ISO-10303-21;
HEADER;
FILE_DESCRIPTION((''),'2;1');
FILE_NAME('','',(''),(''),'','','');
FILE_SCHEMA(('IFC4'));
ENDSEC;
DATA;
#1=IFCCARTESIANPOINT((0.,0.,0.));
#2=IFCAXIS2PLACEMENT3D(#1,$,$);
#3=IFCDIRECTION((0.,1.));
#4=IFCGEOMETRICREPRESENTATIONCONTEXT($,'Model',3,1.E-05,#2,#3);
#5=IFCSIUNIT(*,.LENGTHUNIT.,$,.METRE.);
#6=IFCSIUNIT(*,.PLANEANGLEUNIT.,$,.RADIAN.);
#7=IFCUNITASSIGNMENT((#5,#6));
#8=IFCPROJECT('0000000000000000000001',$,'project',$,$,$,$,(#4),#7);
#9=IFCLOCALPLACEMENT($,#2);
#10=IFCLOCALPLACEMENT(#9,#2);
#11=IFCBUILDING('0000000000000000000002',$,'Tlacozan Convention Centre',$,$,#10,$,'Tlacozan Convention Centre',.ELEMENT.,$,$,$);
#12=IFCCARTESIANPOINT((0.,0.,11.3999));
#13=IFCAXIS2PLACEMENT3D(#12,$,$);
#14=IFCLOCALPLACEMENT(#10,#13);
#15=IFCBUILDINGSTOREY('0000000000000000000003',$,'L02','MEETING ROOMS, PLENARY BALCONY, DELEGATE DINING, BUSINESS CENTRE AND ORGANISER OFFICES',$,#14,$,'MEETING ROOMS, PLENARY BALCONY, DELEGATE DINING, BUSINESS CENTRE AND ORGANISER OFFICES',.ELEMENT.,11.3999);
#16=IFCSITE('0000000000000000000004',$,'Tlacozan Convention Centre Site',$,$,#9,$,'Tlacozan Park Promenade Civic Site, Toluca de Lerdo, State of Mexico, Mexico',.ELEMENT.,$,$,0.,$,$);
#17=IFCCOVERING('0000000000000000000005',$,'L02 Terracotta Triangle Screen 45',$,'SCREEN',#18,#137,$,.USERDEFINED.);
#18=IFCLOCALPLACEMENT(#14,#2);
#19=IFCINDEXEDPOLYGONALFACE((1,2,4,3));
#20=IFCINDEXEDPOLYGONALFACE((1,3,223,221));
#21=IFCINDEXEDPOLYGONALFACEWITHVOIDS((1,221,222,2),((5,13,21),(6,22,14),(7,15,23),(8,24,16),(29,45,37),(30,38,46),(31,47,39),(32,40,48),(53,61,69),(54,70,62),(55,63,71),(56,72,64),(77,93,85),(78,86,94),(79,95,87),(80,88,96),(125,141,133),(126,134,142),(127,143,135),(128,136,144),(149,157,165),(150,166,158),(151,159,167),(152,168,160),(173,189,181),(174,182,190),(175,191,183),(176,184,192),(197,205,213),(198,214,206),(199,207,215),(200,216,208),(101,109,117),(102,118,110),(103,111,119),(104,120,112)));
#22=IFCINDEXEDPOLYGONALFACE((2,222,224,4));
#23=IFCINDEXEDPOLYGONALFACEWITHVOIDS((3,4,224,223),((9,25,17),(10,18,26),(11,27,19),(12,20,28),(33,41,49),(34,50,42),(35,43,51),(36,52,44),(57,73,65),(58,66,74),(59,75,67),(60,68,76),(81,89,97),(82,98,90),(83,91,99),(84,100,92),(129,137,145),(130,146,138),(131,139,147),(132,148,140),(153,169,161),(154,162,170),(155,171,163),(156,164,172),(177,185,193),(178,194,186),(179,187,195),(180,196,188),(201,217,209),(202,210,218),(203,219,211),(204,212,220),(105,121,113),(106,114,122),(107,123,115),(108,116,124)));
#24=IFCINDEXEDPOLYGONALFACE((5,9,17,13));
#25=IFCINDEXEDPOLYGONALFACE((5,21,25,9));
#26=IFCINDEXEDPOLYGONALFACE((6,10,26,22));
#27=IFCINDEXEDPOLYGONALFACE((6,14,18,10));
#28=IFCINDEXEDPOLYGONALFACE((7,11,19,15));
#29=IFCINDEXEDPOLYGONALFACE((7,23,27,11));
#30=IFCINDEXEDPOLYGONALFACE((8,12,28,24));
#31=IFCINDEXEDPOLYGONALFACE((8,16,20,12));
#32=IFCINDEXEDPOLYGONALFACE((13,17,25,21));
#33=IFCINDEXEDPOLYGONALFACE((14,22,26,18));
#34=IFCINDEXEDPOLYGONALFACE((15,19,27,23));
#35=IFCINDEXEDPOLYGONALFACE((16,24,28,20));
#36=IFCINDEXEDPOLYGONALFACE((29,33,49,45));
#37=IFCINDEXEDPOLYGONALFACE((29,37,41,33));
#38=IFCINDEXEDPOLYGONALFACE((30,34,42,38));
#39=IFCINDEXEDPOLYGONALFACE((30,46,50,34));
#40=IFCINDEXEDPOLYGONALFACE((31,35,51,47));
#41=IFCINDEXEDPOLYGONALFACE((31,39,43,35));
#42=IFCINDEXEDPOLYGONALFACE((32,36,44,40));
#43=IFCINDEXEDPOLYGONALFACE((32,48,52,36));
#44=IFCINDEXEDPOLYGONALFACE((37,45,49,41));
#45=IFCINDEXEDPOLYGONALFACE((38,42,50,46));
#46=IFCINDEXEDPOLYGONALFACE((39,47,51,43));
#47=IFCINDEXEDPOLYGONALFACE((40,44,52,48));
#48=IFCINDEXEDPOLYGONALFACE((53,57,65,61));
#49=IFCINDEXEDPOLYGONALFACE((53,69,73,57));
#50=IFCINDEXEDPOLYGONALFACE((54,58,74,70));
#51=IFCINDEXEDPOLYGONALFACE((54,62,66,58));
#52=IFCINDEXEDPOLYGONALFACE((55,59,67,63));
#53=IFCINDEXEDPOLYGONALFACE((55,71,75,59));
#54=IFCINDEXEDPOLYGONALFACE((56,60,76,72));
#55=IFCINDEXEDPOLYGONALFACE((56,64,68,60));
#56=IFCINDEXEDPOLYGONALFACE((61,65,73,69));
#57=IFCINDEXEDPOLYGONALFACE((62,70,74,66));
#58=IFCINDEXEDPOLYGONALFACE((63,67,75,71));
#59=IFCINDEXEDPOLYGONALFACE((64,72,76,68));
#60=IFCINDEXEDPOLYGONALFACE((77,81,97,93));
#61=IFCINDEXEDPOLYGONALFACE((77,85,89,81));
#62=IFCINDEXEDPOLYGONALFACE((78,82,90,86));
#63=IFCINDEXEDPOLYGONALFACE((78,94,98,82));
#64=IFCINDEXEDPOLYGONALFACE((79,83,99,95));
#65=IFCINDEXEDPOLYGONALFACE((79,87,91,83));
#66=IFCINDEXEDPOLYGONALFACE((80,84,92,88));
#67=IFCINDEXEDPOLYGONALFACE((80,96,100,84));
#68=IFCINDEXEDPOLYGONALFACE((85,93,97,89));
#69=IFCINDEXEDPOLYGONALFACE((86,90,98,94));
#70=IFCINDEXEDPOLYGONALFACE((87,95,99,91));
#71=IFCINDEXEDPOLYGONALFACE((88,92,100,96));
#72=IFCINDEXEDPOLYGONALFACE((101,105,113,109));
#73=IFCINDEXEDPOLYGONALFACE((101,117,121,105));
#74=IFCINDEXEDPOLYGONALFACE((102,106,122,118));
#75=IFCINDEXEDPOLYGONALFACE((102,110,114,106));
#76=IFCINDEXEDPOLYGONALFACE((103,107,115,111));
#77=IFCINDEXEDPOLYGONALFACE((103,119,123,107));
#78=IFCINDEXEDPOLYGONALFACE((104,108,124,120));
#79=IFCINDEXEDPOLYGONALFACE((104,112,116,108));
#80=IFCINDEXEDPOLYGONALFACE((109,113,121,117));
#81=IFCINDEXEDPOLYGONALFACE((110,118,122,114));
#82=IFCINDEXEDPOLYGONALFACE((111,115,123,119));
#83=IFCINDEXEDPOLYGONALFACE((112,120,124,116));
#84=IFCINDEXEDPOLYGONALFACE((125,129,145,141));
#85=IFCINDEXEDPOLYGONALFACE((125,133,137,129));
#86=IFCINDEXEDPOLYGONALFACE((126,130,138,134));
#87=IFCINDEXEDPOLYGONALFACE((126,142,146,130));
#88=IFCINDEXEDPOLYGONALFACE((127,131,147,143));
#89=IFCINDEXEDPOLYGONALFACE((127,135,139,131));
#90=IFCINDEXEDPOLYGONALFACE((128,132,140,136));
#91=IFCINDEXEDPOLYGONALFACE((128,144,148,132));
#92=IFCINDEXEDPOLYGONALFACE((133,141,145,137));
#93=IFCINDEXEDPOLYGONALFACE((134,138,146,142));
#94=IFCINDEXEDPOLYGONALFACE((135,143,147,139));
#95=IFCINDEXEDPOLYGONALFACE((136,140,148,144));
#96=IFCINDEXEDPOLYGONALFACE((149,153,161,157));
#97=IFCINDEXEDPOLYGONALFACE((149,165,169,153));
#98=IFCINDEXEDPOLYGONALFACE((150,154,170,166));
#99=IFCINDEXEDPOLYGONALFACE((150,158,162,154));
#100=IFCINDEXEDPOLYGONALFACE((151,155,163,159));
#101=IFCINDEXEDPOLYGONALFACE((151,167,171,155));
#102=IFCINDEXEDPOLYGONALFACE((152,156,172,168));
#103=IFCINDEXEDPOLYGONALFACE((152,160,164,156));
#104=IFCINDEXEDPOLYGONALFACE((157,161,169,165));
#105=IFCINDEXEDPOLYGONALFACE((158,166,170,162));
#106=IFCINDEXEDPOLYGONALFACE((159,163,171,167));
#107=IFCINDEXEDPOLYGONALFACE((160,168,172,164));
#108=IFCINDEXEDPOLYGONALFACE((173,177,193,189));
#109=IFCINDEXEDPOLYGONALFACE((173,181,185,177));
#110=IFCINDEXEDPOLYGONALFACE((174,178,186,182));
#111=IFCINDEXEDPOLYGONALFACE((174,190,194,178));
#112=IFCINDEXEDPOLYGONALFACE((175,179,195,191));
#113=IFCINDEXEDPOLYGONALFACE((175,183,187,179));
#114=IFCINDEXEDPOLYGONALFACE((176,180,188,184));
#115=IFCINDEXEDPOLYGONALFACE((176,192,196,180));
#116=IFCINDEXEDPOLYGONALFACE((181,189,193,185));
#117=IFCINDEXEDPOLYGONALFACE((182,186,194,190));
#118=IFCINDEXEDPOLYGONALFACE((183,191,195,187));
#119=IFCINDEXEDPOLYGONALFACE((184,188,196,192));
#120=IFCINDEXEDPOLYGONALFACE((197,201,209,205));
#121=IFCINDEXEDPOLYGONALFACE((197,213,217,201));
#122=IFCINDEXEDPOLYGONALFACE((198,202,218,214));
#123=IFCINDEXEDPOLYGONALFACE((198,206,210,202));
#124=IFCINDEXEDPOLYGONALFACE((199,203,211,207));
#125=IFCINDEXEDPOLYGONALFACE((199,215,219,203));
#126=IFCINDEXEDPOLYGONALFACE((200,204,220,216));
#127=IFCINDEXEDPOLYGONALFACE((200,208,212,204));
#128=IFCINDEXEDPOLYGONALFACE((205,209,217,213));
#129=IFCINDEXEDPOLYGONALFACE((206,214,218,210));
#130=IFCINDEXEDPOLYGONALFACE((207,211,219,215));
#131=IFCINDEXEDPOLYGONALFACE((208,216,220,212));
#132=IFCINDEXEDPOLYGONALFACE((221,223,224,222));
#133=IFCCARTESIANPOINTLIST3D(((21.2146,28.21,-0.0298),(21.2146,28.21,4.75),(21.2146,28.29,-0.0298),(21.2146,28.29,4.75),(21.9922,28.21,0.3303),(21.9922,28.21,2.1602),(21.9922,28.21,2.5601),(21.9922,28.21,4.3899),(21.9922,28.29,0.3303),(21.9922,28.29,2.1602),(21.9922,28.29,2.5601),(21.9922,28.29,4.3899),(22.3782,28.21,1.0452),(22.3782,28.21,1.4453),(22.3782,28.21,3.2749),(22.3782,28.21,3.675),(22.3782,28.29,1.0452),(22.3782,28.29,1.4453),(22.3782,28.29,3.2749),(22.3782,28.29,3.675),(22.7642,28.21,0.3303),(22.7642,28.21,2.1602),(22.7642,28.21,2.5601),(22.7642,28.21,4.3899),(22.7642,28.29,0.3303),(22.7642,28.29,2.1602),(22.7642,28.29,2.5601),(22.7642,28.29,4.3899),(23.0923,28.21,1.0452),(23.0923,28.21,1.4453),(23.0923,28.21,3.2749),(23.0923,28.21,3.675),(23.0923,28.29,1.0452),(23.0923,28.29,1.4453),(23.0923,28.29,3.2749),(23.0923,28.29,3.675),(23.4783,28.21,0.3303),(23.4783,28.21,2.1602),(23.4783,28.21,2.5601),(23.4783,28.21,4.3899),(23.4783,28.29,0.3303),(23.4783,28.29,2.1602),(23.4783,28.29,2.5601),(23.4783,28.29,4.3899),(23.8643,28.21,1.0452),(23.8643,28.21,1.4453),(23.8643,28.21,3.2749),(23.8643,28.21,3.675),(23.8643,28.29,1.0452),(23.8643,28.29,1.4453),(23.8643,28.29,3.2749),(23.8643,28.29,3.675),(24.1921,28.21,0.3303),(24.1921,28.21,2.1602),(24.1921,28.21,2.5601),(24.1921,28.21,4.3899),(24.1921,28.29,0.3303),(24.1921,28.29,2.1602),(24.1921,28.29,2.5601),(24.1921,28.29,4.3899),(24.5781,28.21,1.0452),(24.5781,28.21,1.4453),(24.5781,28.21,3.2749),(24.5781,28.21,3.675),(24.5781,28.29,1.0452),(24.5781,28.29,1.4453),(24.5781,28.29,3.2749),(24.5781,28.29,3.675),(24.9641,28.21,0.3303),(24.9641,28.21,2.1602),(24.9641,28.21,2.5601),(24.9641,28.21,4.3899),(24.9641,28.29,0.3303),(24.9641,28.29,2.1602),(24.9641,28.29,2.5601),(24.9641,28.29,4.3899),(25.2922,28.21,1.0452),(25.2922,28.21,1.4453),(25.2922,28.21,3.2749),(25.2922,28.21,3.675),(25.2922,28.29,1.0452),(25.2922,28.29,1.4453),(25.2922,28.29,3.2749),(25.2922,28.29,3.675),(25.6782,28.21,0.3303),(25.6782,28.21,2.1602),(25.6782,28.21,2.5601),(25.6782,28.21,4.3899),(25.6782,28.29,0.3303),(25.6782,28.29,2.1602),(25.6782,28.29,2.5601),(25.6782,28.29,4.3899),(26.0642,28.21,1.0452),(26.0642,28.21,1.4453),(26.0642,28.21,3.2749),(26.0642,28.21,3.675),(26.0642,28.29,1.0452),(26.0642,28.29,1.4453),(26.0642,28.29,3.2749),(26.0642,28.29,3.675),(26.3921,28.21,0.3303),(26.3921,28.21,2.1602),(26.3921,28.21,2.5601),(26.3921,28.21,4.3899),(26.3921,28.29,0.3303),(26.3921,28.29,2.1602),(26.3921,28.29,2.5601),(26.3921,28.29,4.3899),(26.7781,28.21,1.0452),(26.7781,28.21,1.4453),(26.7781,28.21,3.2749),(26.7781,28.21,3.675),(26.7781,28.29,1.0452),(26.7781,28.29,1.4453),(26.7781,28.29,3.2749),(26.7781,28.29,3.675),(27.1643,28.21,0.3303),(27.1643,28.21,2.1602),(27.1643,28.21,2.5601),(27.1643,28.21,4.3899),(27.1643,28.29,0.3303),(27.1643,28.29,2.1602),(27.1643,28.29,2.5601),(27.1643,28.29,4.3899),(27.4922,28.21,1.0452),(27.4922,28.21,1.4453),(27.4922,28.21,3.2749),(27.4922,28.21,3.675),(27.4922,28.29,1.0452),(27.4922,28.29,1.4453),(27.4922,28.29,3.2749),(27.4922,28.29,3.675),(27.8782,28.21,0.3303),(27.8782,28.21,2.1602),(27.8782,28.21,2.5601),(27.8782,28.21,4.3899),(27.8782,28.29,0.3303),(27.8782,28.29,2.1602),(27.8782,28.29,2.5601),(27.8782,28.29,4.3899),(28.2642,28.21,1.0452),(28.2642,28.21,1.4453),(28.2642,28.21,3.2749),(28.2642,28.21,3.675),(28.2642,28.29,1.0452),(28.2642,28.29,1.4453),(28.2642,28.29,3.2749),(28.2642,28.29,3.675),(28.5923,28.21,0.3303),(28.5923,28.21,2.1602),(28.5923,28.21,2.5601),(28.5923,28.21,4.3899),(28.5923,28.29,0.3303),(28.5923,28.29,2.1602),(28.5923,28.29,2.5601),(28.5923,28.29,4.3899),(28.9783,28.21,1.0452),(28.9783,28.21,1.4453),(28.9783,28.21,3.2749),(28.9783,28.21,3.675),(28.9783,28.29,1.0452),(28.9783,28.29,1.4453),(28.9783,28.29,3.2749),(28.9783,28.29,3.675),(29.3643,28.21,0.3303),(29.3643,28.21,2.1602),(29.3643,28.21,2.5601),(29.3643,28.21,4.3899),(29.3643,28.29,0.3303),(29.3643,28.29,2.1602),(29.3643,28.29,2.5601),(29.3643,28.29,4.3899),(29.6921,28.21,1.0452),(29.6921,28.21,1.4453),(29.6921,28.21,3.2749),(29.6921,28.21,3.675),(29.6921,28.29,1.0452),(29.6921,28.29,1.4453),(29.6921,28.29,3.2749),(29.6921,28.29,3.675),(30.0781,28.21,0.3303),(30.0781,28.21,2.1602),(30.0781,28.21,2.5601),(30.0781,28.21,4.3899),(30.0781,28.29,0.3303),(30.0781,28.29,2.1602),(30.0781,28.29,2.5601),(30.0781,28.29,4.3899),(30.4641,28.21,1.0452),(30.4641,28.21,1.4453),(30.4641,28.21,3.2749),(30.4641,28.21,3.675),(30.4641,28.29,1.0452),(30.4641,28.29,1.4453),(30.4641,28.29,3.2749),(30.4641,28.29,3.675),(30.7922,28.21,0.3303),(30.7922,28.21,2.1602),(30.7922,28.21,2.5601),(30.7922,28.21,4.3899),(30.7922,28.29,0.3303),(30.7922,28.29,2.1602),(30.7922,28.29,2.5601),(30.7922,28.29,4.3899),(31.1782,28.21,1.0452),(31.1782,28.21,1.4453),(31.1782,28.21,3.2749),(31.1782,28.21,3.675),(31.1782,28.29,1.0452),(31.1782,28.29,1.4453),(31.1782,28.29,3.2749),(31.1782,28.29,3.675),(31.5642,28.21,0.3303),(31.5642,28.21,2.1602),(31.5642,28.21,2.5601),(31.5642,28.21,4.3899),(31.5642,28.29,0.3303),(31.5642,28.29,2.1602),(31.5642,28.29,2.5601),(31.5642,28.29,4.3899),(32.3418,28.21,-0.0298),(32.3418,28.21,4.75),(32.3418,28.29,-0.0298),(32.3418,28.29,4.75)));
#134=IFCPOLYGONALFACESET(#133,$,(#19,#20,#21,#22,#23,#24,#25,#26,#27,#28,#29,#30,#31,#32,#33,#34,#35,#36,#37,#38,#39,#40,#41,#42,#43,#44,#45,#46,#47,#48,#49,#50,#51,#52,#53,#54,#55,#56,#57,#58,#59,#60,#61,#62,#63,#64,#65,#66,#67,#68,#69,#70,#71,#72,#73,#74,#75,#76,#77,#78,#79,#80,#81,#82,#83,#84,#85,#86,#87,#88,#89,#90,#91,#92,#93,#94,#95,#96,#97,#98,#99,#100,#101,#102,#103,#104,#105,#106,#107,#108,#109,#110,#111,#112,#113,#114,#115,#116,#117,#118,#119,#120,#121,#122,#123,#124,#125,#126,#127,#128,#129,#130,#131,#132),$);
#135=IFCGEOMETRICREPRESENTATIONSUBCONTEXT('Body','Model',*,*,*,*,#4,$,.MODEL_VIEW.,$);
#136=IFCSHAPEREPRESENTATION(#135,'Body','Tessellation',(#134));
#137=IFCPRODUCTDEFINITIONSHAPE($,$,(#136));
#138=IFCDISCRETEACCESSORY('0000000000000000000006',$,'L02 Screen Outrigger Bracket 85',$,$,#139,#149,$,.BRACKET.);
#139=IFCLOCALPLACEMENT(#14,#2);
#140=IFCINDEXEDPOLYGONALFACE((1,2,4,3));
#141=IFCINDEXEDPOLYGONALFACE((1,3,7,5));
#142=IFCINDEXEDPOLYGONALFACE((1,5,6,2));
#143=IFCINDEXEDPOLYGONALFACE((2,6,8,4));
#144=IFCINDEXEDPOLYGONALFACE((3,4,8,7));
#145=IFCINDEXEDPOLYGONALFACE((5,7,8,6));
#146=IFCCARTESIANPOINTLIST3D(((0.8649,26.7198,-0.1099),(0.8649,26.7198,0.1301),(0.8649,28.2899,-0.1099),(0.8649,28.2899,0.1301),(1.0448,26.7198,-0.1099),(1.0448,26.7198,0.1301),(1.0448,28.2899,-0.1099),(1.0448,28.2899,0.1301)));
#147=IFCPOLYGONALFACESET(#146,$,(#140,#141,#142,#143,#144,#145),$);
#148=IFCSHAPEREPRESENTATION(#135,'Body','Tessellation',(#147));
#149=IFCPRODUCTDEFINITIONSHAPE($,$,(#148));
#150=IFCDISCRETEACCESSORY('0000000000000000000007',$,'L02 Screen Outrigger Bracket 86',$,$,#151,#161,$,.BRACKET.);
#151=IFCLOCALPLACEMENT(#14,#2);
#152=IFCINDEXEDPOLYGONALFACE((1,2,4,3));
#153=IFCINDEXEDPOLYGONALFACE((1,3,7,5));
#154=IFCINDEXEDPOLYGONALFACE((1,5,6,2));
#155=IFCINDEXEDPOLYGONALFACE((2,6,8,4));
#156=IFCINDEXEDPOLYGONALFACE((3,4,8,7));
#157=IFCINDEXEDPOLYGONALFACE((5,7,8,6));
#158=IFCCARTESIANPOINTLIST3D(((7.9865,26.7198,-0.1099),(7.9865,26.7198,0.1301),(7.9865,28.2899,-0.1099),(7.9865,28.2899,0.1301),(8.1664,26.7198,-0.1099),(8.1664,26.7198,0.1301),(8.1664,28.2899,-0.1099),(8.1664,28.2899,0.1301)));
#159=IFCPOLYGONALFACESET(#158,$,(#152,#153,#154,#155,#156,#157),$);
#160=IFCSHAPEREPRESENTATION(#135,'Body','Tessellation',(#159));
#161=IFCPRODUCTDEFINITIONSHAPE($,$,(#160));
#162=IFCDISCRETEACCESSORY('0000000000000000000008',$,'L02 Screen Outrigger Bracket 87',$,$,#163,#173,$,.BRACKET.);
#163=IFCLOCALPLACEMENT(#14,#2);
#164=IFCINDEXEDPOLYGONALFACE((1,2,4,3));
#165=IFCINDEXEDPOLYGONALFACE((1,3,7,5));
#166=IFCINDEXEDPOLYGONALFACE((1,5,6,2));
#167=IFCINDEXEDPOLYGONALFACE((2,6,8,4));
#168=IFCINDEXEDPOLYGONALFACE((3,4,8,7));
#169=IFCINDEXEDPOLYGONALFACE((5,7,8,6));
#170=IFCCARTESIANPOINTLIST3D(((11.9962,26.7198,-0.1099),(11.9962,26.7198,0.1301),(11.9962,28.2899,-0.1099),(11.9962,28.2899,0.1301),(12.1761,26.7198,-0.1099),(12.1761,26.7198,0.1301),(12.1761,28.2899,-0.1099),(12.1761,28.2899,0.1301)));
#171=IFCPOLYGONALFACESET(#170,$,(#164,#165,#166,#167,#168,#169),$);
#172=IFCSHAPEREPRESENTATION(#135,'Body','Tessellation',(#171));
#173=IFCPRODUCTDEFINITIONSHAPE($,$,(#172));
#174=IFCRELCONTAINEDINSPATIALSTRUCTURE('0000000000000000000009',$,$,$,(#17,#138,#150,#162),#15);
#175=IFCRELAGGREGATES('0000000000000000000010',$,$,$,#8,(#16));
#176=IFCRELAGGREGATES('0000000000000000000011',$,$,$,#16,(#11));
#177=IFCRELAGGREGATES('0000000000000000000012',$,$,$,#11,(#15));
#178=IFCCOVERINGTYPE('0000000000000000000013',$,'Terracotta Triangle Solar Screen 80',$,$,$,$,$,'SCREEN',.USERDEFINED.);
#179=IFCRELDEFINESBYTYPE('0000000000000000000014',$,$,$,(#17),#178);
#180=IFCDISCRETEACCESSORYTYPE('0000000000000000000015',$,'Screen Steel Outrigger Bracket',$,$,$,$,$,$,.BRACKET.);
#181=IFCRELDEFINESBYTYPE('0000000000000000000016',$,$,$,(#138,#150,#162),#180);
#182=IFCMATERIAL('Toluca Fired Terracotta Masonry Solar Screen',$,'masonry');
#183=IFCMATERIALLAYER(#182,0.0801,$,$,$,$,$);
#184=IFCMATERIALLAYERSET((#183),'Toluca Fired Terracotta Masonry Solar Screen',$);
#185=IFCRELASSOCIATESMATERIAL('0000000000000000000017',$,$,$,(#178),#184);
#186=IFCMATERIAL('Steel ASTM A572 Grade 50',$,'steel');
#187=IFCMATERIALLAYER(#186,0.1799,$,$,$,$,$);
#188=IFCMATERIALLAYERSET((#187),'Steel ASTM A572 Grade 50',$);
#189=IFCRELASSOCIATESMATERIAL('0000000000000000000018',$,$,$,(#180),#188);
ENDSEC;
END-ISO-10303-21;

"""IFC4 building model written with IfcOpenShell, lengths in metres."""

from ifc_helpers import new_model, si_unit, direction, frame, origin, origin_2d, place, context, subcontext, project, spatial, polyline, rectangle, outline, extrude, material, layer, layer_set, type_object, element, save


model = new_model("IFC4")

# Units and contexts
model_context = context("Model", 3, precision=1e-05, world=origin(), true_north=direction((0.0, 1.0)))
body_context = subcontext(model_context, "Body", "Model", "MODEL_VIEW")
ifc_project = project(units=[si_unit("LENGTHUNIT", "METRE"), si_unit("PLANEANGLEUNIT", "RADIAN")], contexts=[model_context])

# Site, building, storey
site_placement = place(None, origin())
site = spatial("IfcSite", under=ifc_project, at=site_placement, Name="Tlacozan Convention Centre Site", LongName="Tlacozan Park Promenade Civic Site, Toluca de Lerdo, State of Mexico, Mexico", CompositionType="ELEMENT", RefElevation=0.0)
building_placement = place(site_placement, origin())
building = spatial("IfcBuilding", under=site, at=building_placement, Name="Tlacozan Convention Centre", LongName="Tlacozan Convention Centre", CompositionType="ELEMENT")
storey_placement = place(building_placement, frame((0.0, 0.0, 11.3999)))
storey = spatial("IfcBuildingStorey", under=building, at=storey_placement, Name="L02", Description="MEETING ROOMS, PLENARY BALCONY, DELEGATE DINING, BUSINESS CENTRE AND ORGANISER OFFICES", LongName="MEETING ROOMS, PLENARY BALCONY, DELEGATE DINING, BUSINESS CENTRE AND ORGANISER OFFICES", CompositionType="ELEMENT", Elevation=11.3999)

# Shared definitions
ifc_material_1 = material(Name="Steel ASTM A572 Grade 50", Category="steel")

# Covering
ifc_material_2 = material(Name="Toluca Fired Terracotta Masonry Solar Screen", Category="masonry")
ifc_layer_1 = layer(ifc_material_2, 0.0801)
ifc_layer_set_1 = layer_set([ifc_layer_1], Name="Toluca Fired Terracotta Masonry Solar Screen")
covering_type = type_object("IfcCoveringType", Name="Terracotta Triangle Solar Screen 80", ElementType="SCREEN", PredefinedType="USERDEFINED", material=ifc_layer_set_1)
covering_1_placement = place(storey_placement, frame((21.2146, 28.25, -0.0298), z_axis=(0.0, 0.0, 1.0), x_axis=(1.0, 0.0, 0.0)))
element("IfcCovering", 1, at=covering_1_placement, inside=storey, type_object=covering_type, Name="L02 Terracotta Triangle Screen 45", ObjectType="SCREEN", PredefinedType="USERDEFINED", context=body_context, shape_type="SweptSolid", body=[
    extrude(outline(polyline([(0.0, 0.0), (11.1272, 0.0), (11.1272, 4.7798), (0.0, 4.7798), (0.0, 0.0)]), holes=[polyline([(0.7776, 0.3601), (1.5496, 0.3601), (1.1636, 1.075), (0.7776, 0.3601)]), polyline([(1.8777, 1.075), (2.6497, 1.075), (2.2637, 0.3601), (1.8777, 1.075)]), polyline([(2.9775, 0.3601), (3.7495, 0.3601), (3.3635, 1.075), (2.9775, 0.3601)]), polyline([(4.0776, 1.075), (4.8496, 1.075), (4.4636, 0.3601), (4.0776, 1.075)]), polyline([(5.1775, 0.3601), (5.9497, 0.3601), (5.5635, 1.075), (5.1775, 0.3601)]), polyline([(6.2776, 1.075), (7.0496, 1.075), (6.6636, 0.3601), (6.2776, 1.075)]), polyline([(7.3777, 0.3601), (8.1497, 0.3601), (7.7637, 1.075), (7.3777, 0.3601)]), polyline([(8.4775, 1.075), (9.2495, 1.075), (8.8635, 0.3601), (8.4775, 1.075)]), polyline([(9.5776, 0.3601), (10.3496, 0.3601), (9.9636, 1.075), (9.5776, 0.3601)]), polyline([(0.7776, 2.1899), (1.5496, 2.1899), (1.1636, 1.4751), (0.7776, 2.1899)]), polyline([(1.8777, 1.4751), (2.6497, 1.4751), (2.2637, 2.1899), (1.8777, 1.4751)]), polyline([(2.9775, 2.1899), (3.7495, 2.1899), (3.3635, 1.4751), (2.9775, 2.1899)]), polyline([(4.0776, 1.4751), (4.8496, 1.4751), (4.4636, 2.1899), (4.0776, 1.4751)]), polyline([(5.1775, 2.1899), (5.9497, 2.1899), (5.5635, 1.4751), (5.1775, 2.1899)]), polyline([(6.2776, 1.4751), (7.0496, 1.4751), (6.6636, 2.1899), (6.2776, 1.4751)]), polyline([(7.3777, 2.1899), (8.1497, 2.1899), (7.7637, 1.4751), (7.3777, 2.1899)]), polyline([(8.4775, 1.4751), (9.2495, 1.4751), (8.8635, 2.1899), (8.4775, 1.4751)]), polyline([(9.5776, 2.1899), (10.3496, 2.1899), (9.9636, 1.4751), (9.5776, 2.1899)]), polyline([(0.7776, 2.5898), (1.5496, 2.5898), (1.1636, 3.3047), (0.7776, 2.5898)]), polyline([(1.8777, 3.3047), (2.6497, 3.3047), (2.2637, 2.5898), (1.8777, 3.3047)]), polyline([(2.9775, 2.5898), (3.7495, 2.5898), (3.3635, 3.3047), (2.9775, 2.5898)]), polyline([(4.0776, 3.3047), (4.8496, 3.3047), (4.4636, 2.5898), (4.0776, 3.3047)]), polyline([(5.1775, 2.5898), (5.9497, 2.5898), (5.5635, 3.3047), (5.1775, 2.5898)]), polyline([(6.2776, 3.3047), (7.0496, 3.3047), (6.6636, 2.5898), (6.2776, 3.3047)]), polyline([(7.3777, 2.5898), (8.1497, 2.5898), (7.7637, 3.3047), (7.3777, 2.5898)]), polyline([(8.4775, 3.3047), (9.2495, 3.3047), (8.8635, 2.5898), (8.4775, 3.3047)]), polyline([(9.5776, 2.5898), (10.3496, 2.5898), (9.9636, 3.3047), (9.5776, 2.5898)]), polyline([(0.7776, 4.4197), (1.5496, 4.4197), (1.1636, 3.7048), (0.7776, 4.4197)]), polyline([(1.8777, 3.7048), (2.6497, 3.7048), (2.2637, 4.4197), (1.8777, 3.7048)]), polyline([(2.9775, 4.4197), (3.7495, 4.4197), (3.3635, 3.7048), (2.9775, 4.4197)]), polyline([(4.0776, 3.7048), (4.8496, 3.7048), (4.4636, 4.4197), (4.0776, 3.7048)]), polyline([(5.1775, 4.4197), (5.9497, 4.4197), (5.5635, 3.7048), (5.1775, 4.4197)]), polyline([(6.2776, 3.7048), (7.0496, 3.7048), (6.6636, 4.4197), (6.2776, 3.7048)]), polyline([(7.3777, 4.4197), (8.1497, 4.4197), (7.7637, 3.7048), (7.3777, 4.4197)]), polyline([(8.4775, 3.7048), (9.2495, 3.7048), (8.8635, 4.4197), (8.4775, 3.7048)]), polyline([(9.5776, 4.4197), (10.3496, 4.4197), (9.9636, 3.7048), (9.5776, 4.4197)])]), frame((0.0, 0.04, 0.0), z_axis=(0.0, -1.0, 0.0), x_axis=(1.0, 0.0, 0.0)), (0.0, 0.0, 1.0), 0.0801),
])

# Discrete accessories
ifc_layer_2 = layer(ifc_material_1, 0.1799)
ifc_layer_set_2 = layer_set([ifc_layer_2], Name="Steel ASTM A572 Grade 50")
discrete_accessory_type = type_object("IfcDiscreteAccessoryType", Name="Screen Steel Outrigger Bracket", PredefinedType="BRACKET", material=ifc_layer_set_2)
for number, where, z_axis, x_axis, name in (
    (2, (0.9548, 27.5049, -0.1099), (0.0, 0.0, 1.0), (0.0, -1.0, 0.0), "L02 Screen Outrigger Bracket 85"),
    (3, (8.0764, 27.5049, -0.1099), (0.0, 0.0, 1.0), (0.0, -1.0, 0.0), "L02 Screen Outrigger Bracket 86"),
    (4, (12.0862, 27.5049, -0.1099), (0.0, 0.0, 1.0), (0.0, -1.0, 0.0), "L02 Screen Outrigger Bracket 87"),
):
    element("IfcDiscreteAccessory", number, at=place(storey_placement, frame(where, z_axis=z_axis, x_axis=x_axis)), inside=storey, type_object=discrete_accessory_type, Name=name, PredefinedType="BRACKET", context=body_context, shape_type="SweptSolid", body=[
        extrude(rectangle(XDim=1.5701, YDim=0.1799, at=origin_2d()), origin(), (0.0, 0.0, 1.0), 0.24),
    ])

save(model, "model.ifc")
